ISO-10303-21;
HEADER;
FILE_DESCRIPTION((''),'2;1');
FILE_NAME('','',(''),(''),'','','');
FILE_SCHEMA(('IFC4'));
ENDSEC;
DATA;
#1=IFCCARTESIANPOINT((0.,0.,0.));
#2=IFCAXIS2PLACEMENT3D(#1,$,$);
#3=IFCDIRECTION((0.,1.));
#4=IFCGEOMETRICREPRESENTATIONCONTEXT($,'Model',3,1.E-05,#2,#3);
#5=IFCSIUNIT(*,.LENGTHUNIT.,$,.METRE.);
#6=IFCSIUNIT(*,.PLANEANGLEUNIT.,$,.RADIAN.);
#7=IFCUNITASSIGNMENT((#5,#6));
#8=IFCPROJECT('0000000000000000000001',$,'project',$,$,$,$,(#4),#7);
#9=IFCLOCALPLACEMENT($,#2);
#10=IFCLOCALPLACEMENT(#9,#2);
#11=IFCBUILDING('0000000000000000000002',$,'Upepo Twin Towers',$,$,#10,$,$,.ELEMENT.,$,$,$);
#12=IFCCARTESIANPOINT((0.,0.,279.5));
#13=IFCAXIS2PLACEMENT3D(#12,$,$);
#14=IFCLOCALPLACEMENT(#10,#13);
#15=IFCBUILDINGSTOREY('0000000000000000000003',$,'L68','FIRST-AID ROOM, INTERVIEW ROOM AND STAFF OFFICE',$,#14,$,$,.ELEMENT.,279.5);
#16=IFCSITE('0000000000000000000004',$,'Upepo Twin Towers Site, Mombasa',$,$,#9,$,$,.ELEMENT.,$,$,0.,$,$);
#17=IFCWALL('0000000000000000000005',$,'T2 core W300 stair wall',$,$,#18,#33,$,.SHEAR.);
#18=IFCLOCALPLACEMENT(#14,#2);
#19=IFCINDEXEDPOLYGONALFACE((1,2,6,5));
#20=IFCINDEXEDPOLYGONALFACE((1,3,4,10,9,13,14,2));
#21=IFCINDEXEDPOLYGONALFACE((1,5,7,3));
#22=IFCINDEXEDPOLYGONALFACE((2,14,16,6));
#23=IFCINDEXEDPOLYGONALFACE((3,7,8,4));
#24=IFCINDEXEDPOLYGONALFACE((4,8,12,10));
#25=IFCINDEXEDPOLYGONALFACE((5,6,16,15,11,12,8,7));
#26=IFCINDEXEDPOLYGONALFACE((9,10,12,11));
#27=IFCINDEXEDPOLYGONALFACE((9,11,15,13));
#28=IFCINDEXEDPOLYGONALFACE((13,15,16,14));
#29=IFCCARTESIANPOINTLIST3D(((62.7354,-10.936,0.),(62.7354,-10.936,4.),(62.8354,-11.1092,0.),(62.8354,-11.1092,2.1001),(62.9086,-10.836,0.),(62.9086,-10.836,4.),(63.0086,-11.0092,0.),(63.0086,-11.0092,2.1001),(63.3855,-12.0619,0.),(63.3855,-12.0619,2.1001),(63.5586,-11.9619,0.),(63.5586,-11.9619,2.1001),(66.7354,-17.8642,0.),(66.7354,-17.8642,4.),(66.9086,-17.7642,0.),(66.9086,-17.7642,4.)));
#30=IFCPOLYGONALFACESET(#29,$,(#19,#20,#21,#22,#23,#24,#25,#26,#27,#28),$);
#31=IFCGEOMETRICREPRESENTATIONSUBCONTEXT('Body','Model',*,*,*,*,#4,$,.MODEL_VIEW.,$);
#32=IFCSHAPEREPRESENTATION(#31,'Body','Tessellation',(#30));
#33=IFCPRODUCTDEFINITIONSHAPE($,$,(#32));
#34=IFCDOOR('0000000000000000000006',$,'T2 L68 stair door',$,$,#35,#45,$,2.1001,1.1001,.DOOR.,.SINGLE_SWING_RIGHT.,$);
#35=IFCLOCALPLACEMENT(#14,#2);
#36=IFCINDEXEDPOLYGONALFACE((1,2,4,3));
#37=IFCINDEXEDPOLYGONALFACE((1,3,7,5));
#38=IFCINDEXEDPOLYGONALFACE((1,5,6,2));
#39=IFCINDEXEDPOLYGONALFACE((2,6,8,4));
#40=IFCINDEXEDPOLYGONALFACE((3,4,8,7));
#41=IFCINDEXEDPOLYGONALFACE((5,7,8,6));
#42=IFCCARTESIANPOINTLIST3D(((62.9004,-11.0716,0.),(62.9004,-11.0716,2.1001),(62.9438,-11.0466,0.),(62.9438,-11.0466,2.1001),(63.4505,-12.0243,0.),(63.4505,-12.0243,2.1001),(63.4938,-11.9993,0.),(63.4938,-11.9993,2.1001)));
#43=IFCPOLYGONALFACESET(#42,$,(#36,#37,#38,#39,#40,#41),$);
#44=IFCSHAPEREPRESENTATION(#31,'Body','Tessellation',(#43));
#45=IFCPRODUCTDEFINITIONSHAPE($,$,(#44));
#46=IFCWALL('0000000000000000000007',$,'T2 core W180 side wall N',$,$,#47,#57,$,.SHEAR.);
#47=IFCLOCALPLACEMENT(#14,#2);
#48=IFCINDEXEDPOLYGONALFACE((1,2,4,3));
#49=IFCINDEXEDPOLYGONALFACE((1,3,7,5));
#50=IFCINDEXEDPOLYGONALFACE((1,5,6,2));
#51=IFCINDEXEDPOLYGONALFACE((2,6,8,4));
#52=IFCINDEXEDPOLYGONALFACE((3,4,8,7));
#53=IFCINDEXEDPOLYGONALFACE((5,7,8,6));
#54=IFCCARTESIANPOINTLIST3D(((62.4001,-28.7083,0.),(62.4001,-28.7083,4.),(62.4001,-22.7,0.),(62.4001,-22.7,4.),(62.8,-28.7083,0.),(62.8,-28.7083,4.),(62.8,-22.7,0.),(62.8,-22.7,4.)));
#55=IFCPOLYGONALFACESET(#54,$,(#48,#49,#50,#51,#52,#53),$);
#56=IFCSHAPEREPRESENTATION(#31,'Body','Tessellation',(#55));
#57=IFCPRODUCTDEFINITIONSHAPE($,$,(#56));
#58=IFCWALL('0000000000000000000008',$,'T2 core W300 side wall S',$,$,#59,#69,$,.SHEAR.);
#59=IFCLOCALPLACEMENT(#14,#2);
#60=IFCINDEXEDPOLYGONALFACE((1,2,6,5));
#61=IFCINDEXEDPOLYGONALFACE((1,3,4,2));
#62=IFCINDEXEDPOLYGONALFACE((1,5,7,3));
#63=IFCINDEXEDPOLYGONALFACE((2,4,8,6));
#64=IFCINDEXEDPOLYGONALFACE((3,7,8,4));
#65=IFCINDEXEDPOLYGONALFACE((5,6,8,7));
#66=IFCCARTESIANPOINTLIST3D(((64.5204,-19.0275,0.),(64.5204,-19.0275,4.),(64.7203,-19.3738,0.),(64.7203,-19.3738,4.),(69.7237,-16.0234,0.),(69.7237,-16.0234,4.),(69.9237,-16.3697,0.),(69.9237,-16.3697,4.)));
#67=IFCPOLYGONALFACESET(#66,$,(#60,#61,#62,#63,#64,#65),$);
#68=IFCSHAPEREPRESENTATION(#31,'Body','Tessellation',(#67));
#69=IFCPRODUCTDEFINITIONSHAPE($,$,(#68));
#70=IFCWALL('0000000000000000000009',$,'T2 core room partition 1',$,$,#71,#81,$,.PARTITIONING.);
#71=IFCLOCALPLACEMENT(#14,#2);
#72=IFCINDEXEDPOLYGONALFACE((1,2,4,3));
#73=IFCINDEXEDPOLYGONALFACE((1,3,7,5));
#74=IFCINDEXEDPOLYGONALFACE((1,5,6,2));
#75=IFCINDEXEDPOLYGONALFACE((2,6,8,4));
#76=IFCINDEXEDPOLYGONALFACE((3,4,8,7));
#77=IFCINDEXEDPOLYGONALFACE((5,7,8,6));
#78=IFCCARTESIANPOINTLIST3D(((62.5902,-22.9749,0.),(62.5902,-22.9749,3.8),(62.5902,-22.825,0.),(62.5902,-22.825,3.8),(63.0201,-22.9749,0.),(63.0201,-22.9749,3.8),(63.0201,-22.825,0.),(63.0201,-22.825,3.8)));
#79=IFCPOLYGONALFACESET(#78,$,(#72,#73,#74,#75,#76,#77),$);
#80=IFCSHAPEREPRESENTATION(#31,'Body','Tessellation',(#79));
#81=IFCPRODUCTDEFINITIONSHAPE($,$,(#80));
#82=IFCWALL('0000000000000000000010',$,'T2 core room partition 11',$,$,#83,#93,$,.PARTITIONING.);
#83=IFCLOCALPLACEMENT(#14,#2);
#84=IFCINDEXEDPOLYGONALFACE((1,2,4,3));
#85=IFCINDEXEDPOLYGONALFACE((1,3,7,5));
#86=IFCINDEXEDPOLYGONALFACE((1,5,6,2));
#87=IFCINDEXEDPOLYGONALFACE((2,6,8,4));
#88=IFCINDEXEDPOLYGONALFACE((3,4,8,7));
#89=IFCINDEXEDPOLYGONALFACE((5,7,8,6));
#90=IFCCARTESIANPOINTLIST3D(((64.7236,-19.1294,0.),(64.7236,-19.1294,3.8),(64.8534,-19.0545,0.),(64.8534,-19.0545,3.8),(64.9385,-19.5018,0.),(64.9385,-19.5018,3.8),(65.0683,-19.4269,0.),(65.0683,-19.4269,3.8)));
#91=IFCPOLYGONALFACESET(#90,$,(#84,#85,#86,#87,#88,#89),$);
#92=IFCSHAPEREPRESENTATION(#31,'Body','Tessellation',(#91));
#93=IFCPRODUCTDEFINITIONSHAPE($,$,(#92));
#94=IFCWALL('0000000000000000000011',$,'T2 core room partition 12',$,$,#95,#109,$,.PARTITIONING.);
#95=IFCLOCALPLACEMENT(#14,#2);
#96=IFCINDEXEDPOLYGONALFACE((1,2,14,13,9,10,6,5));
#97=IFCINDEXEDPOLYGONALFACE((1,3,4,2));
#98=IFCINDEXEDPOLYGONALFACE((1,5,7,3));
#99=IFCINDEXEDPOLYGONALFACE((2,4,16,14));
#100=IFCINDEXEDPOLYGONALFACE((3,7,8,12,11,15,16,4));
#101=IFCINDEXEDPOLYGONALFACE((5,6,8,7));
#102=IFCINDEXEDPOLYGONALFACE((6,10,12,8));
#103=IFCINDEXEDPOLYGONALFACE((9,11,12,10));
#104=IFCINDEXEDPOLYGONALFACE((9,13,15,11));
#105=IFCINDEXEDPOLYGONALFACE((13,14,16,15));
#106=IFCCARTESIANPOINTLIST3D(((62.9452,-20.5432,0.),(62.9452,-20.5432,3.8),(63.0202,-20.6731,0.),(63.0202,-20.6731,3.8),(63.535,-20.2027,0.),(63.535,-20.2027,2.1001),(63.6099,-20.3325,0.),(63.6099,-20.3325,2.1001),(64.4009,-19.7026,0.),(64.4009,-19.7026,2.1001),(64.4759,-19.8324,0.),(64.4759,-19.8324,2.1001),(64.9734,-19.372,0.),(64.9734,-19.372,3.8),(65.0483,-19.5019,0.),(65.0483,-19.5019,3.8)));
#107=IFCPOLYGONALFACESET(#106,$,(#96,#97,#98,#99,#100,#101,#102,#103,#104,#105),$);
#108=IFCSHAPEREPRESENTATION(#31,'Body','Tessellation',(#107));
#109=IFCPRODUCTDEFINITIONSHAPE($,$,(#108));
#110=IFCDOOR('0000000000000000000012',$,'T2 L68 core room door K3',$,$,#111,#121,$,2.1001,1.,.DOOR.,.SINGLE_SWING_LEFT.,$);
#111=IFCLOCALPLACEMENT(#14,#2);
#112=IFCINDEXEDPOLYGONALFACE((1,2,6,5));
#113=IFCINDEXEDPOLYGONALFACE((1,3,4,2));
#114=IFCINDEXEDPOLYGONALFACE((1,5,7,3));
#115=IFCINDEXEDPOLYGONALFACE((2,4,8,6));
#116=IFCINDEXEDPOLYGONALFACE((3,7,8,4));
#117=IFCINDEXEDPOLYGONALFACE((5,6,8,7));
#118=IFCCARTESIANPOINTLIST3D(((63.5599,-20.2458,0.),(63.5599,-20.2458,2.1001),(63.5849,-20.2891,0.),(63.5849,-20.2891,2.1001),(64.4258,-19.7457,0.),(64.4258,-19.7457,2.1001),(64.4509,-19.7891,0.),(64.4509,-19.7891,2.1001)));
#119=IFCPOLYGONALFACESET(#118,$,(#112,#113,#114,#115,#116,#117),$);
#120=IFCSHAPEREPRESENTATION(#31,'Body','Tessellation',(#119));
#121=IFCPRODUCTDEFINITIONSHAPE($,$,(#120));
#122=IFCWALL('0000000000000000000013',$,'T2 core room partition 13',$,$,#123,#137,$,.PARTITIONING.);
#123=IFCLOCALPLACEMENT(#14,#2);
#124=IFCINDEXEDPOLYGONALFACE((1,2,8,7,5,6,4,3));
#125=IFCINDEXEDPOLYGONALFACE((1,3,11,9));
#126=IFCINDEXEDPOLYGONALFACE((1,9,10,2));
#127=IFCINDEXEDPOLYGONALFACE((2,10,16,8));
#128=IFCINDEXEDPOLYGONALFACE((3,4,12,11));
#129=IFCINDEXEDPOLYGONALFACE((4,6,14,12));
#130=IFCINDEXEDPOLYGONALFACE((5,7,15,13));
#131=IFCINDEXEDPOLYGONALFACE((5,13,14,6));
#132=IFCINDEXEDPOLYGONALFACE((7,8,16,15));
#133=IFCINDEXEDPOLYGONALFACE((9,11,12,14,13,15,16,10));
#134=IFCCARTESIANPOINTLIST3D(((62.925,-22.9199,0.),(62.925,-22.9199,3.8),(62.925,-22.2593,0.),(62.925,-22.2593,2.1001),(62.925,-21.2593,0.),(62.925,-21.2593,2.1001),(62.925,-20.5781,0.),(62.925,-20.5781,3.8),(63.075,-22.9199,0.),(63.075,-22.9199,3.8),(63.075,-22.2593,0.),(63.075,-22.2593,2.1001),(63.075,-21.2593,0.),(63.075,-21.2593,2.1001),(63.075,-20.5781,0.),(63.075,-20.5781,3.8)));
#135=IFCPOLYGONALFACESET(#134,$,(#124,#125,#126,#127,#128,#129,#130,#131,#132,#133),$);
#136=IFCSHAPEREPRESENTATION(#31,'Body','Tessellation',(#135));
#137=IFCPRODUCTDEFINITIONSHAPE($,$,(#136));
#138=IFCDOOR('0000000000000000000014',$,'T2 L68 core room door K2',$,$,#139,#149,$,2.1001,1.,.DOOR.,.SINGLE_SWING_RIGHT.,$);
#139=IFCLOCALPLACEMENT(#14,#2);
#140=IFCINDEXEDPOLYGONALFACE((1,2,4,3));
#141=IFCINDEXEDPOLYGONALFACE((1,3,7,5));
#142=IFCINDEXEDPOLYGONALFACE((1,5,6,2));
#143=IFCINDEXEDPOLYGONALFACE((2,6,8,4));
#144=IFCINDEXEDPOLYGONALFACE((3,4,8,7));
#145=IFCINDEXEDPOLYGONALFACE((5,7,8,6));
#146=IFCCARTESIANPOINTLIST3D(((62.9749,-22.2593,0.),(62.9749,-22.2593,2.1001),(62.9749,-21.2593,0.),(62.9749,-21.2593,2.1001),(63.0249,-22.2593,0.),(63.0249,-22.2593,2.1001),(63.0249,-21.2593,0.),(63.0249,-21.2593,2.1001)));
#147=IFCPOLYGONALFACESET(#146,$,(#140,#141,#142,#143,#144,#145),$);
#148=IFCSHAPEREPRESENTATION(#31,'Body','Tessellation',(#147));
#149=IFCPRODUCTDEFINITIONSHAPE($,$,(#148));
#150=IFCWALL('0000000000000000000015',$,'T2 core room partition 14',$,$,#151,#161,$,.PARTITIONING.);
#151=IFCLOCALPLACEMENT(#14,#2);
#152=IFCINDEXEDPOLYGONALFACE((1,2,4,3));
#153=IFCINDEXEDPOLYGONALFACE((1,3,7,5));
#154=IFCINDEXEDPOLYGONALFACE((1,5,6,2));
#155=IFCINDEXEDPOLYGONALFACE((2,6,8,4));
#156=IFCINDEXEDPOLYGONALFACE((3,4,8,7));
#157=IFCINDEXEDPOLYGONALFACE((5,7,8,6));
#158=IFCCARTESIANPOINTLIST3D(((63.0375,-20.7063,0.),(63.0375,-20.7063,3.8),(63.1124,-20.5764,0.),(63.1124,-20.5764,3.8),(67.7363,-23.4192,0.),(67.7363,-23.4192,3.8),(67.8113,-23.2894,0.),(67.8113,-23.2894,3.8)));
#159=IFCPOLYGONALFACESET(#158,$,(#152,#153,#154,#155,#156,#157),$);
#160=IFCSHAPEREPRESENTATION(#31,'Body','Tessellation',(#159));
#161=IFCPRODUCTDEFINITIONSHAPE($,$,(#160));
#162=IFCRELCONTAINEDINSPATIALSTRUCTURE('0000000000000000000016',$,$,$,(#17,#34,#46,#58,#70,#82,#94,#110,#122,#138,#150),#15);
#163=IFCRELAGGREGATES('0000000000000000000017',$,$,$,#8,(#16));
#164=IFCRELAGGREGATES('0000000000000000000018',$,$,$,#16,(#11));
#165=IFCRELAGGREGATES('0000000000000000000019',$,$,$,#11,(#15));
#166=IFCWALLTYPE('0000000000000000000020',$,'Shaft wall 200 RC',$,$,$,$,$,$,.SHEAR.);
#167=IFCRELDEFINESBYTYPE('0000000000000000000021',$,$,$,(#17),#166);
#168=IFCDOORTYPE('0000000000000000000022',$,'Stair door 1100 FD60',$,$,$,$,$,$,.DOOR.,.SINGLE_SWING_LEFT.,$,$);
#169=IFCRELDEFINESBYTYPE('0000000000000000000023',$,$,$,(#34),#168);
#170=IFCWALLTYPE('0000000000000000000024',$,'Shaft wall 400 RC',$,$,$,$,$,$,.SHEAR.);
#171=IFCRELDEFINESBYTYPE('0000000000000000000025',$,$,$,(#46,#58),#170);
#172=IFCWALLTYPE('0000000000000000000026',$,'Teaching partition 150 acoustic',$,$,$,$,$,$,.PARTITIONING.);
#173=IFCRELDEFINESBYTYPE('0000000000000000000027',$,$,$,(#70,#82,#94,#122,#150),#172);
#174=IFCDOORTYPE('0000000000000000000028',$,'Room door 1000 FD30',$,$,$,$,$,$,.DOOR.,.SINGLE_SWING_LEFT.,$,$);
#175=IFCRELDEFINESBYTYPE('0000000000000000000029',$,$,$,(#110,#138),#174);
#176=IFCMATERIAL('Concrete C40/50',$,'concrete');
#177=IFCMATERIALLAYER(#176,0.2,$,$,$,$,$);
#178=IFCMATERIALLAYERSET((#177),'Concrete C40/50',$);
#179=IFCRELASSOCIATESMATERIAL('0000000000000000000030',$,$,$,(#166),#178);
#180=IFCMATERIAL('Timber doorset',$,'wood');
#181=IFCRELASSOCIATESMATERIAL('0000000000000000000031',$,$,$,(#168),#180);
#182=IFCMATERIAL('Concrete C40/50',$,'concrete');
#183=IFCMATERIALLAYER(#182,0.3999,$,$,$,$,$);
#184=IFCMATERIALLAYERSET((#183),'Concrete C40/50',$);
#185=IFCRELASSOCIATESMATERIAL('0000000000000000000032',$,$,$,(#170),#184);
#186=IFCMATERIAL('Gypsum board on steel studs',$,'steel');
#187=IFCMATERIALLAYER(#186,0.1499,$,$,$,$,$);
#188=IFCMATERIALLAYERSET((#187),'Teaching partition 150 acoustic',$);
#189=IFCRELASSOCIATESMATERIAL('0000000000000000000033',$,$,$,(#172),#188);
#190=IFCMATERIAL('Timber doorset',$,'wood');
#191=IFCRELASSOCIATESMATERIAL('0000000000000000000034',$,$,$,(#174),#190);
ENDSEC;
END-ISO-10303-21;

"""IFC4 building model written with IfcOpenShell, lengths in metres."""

from ifc_helpers import new_model, si_unit, direction, frame, frame_2d, origin, place, context, subcontext, project, spatial, rectangle, extrude, material, layer, layer_set, type_object, element, fill, save


model = new_model("IFC4")

# Units and contexts
model_context = context("Model", 3, precision=1e-05, world=origin(), true_north=direction((0.0, 1.0)))
body_context = subcontext(model_context, "Body", "Model", "MODEL_VIEW")
ifc_project = project(units=[si_unit("LENGTHUNIT", "METRE"), si_unit("PLANEANGLEUNIT", "RADIAN")], contexts=[model_context])

# Site, building, storey
site_placement = place(None, origin())
site = spatial("IfcSite", under=ifc_project, at=site_placement, Name="Upepo Twin Towers Site, Mombasa", CompositionType="ELEMENT", RefElevation=0.0)
building_placement = place(site_placement, origin())
building = spatial("IfcBuilding", under=site, at=building_placement, Name="Upepo Twin Towers", CompositionType="ELEMENT")
storey_placement = place(building_placement, frame((0.0, 0.0, 279.5)))
storey = spatial("IfcBuildingStorey", under=building, at=storey_placement, Name="L68", Description="FIRST-AID ROOM, INTERVIEW ROOM AND STAFF OFFICE", CompositionType="ELEMENT", Elevation=279.5)

# Shared definitions
ifc_material_1 = material(Name="Concrete C40/50", Category="concrete")
ifc_layer_1 = layer(ifc_material_1, 0.2)
ifc_layer_set_1 = layer_set([ifc_layer_1], Name="Concrete C40/50")
wall_type_1 = type_object("IfcWallType", Name="Shaft wall 200 RC", PredefinedType="SHEAR", material=ifc_layer_set_1)

# Wall, opening, door
wall_1_placement = place(storey_placement, frame((66.822, -17.8142, 0.0), z_axis=(0.0, 0.0, 1.0), x_axis=(-0.499999, 0.866026, 0.0)))
wall_1 = element("IfcWall", 1, at=wall_1_placement, inside=storey, type_object=wall_type_1, Name="T2 core W300 stair wall", PredefinedType="SHEAR", context=body_context, shape_type="SweptSolid", body=[
    extrude(rectangle(XDim=8.0, YDim=0.2, at=frame_2d((4.0, 0.0))), origin(), (0.0, 0.0, 1.0), 4.0),
])
opening_1_placement = place(wall_1_placement, frame((6.7, 0.0, 0.0)))
opening_1 = element("IfcOpeningElement", 2, at=opening_1_placement, cuts=wall_1, PredefinedType="OPENING", context=body_context, shape_type="SweptSolid", body=[
    extrude(rectangle(XDim=1.1001, YDim=2.1001, at=frame_2d((0.55, 1.05))), frame((0.0, 0.1099, 0.0), z_axis=(0.0, -1.0, 0.0), x_axis=(1.0, 0.0, 0.0)), (0.0, 0.0, 1.0), 0.22),
])
ifc_material_2 = material(Name="Timber doorset", Category="wood")
door_type_1 = type_object("IfcDoorType", Name="Stair door 1100 FD60", OperationType="SINGLE_SWING_LEFT", PredefinedType="DOOR", material=ifc_material_2)
door_1_placement = place(opening_1_placement, origin())
door_1 = element("IfcDoor", 3, at=door_1_placement, inside=storey, type_object=door_type_1, Name="T2 L68 stair door", OperationType="SINGLE_SWING_RIGHT", OverallHeight=2.1001, OverallWidth=1.1001, PredefinedType="DOOR", context=body_context, shape_type="SweptSolid", body=[
    extrude(rectangle(XDim=1.1001, YDim=2.1001, at=frame_2d((0.55, 1.05))), frame((0.0, 0.0249, 0.0), z_axis=(0.0, -1.0, 0.0), x_axis=(1.0, 0.0, 0.0)), (0.0, 0.0, 1.0), 0.05),
])
fill(opening_1, door_1)

# Walls
ifc_material_3 = material(Name="Concrete C40/50", Category="concrete")
ifc_layer_2 = layer(ifc_material_3, 0.3999)
ifc_layer_set_2 = layer_set([ifc_layer_2], Name="Concrete C40/50")
wall_type_2 = type_object("IfcWallType", Name="Shaft wall 400 RC", PredefinedType="SHEAR", material=ifc_layer_set_2)
for number, where, z_axis, x_axis, name in (
    (4, (62.6001, -22.7, 0.0), (0.0, 0.0, 1.0), (0.0, -1.0, 0.0), "T2 core W180 side wall N"),
    (5, (64.6204, -19.2007, 0.0), (0.0, 0.0, 1.0), (0.866027, 0.499998, 0.0), "T2 core W300 side wall S"),
):
    element("IfcWall", number, at=place(storey_placement, frame(where, z_axis=z_axis, x_axis=x_axis)), inside=storey, type_object=wall_type_2, Name=name, PredefinedType="SHEAR", context=body_context, shape_type="SweptSolid", body=[
        extrude(rectangle(XDim=6.0083, YDim=0.3999, at=frame_2d((3.0042, 0.0))), origin(), (0.0, 0.0, 1.0), 4.0),
    ])
ifc_material_4 = material(Name="Gypsum board on steel studs", Category="steel")
ifc_layer_3 = layer(ifc_material_4, 0.1499)
ifc_layer_set_3 = layer_set([ifc_layer_3], Name="Teaching partition 150 acoustic")
wall_type_3 = type_object("IfcWallType", Name="Teaching partition 150 acoustic", PredefinedType="PARTITIONING", material=ifc_layer_set_3)
for number, where, z_axis, x_axis, name in (
    (6, (63.02, -22.8999, 0.0), (0.0, 0.0, 1.0), (-1.0, 0.0, 0.0), "T2 core room partition 1"),
    (7, (64.7886, -19.092, 0.0), (0.0, 0.0, 1.0), (0.499804, -0.866138, 0.0), "T2 core room partition 11"),
):
    element("IfcWall", number, at=place(storey_placement, frame(where, z_axis=z_axis, x_axis=x_axis)), inside=storey, type_object=wall_type_3, Name=name, PredefinedType="PARTITIONING", context=body_context, shape_type="SweptSolid", body=[
        extrude(rectangle(XDim=0.4299, YDim=0.1499, at=frame_2d((0.2148, 0.0))), origin(), (0.0, 0.0, 1.0), 3.8),
    ])

# Walls, openings, doors
wall_2_placement = place(storey_placement, frame((65.0107, -19.437, 0.0), z_axis=(0.0, 0.0, 1.0), x_axis=(-0.865982, -0.500074, 0.0)))
wall_2 = element("IfcWall", 8, at=wall_2_placement, inside=storey, type_object=wall_type_3, Name="T2 core room partition 12", PredefinedType="PARTITIONING", context=body_context, shape_type="SweptSolid", body=[
    extrude(rectangle(XDim=2.342, YDim=0.1499, at=frame_2d((1.1709, 0.0))), origin(), (0.0, 0.0, 1.0), 3.8),
])
opening_2_placement = place(wall_2_placement, frame((0.6609, 0.0, 0.0)))
opening_2 = element("IfcOpeningElement", 9, at=opening_2_placement, cuts=wall_2, PredefinedType="OPENING", context=body_context, shape_type="SweptSolid", body=[
    extrude(rectangle(XDim=1.0, YDim=2.1001, at=frame_2d((0.5, 1.05))), frame((0.0, 0.085, 0.0), z_axis=(0.0, -1.0, 0.0), x_axis=(1.0, 0.0, 0.0)), (0.0, 0.0, 1.0), 0.1699),
])
ifc_material_5 = material(Name="Timber doorset", Category="wood")
door_type_2 = type_object("IfcDoorType", Name="Room door 1000 FD30", OperationType="SINGLE_SWING_LEFT", PredefinedType="DOOR", material=ifc_material_5)
door_2_placement = place(opening_2_placement, origin())
door_2 = element("IfcDoor", 10, at=door_2_placement, inside=storey, type_object=door_type_2, Name="T2 L68 core room door K3", OperationType="SINGLE_SWING_LEFT", OverallHeight=2.1001, OverallWidth=1.0, PredefinedType="DOOR", context=body_context, shape_type="SweptSolid", body=[
    extrude(rectangle(XDim=1.0, YDim=2.1001, at=frame_2d((0.5, 1.05))), frame((0.0, 0.0249, 0.0), z_axis=(0.0, -1.0, 0.0), x_axis=(1.0, 0.0, 0.0)), (0.0, 0.0, 1.0), 0.05),
])
fill(opening_2, door_2)
wall_3_placement = place(storey_placement, frame((63.0, -20.5781, 0.0), z_axis=(0.0, 0.0, 1.0), x_axis=(0.0, -1.0, 0.0)))
wall_3 = element("IfcWall", 11, at=wall_3_placement, inside=storey, type_object=wall_type_3, Name="T2 core room partition 13", PredefinedType="PARTITIONING", context=body_context, shape_type="SweptSolid", body=[
    extrude(rectangle(XDim=2.3418, YDim=0.1499, at=frame_2d((1.1709, 0.0))), origin(), (0.0, 0.0, 1.0), 3.8),
])
opening_3_placement = place(wall_3_placement, frame((0.6812, 0.0, 0.0)))
opening_3 = element("IfcOpeningElement", 12, at=opening_3_placement, cuts=wall_3, PredefinedType="OPENING", context=body_context, shape_type="SweptSolid", body=[
    extrude(rectangle(XDim=1.0, YDim=2.1001, at=frame_2d((0.5, 1.05))), frame((0.0, 0.085, 0.0), z_axis=(0.0, -1.0, 0.0), x_axis=(1.0, 0.0, 0.0)), (0.0, 0.0, 1.0), 0.1699),
])
door_3_placement = place(opening_3_placement, origin())
door_3 = element("IfcDoor", 13, at=door_3_placement, inside=storey, type_object=door_type_2, Name="T2 L68 core room door K2", OperationType="SINGLE_SWING_RIGHT", OverallHeight=2.1001, OverallWidth=1.0, PredefinedType="DOOR", context=body_context, shape_type="SweptSolid", body=[
    extrude(rectangle(XDim=1.0, YDim=2.1001, at=frame_2d((0.5, 1.05))), frame((0.0, 0.0249, 0.0), z_axis=(0.0, -1.0, 0.0), x_axis=(1.0, 0.0, 0.0)), (0.0, 0.0, 1.0), 0.05),
])
fill(opening_3, door_3)

# Wall
wall_4_placement = place(storey_placement, frame((63.075, -20.6414, 0.0), z_axis=(0.0, 0.0, 1.0), x_axis=(0.866019, -0.500011, 0.0)))
element("IfcWall", 14, at=wall_4_placement, inside=storey, type_object=wall_type_3, Name="T2 core room partition 14", PredefinedType="PARTITIONING", context=body_context, shape_type="SweptSolid", body=[
    extrude(rectangle(XDim=5.4258, YDim=0.1499, at=frame_2d((2.7129, 0.0))), origin(), (0.0, 0.0, 1.0), 3.8),
])

save(model, "model.ifc")
